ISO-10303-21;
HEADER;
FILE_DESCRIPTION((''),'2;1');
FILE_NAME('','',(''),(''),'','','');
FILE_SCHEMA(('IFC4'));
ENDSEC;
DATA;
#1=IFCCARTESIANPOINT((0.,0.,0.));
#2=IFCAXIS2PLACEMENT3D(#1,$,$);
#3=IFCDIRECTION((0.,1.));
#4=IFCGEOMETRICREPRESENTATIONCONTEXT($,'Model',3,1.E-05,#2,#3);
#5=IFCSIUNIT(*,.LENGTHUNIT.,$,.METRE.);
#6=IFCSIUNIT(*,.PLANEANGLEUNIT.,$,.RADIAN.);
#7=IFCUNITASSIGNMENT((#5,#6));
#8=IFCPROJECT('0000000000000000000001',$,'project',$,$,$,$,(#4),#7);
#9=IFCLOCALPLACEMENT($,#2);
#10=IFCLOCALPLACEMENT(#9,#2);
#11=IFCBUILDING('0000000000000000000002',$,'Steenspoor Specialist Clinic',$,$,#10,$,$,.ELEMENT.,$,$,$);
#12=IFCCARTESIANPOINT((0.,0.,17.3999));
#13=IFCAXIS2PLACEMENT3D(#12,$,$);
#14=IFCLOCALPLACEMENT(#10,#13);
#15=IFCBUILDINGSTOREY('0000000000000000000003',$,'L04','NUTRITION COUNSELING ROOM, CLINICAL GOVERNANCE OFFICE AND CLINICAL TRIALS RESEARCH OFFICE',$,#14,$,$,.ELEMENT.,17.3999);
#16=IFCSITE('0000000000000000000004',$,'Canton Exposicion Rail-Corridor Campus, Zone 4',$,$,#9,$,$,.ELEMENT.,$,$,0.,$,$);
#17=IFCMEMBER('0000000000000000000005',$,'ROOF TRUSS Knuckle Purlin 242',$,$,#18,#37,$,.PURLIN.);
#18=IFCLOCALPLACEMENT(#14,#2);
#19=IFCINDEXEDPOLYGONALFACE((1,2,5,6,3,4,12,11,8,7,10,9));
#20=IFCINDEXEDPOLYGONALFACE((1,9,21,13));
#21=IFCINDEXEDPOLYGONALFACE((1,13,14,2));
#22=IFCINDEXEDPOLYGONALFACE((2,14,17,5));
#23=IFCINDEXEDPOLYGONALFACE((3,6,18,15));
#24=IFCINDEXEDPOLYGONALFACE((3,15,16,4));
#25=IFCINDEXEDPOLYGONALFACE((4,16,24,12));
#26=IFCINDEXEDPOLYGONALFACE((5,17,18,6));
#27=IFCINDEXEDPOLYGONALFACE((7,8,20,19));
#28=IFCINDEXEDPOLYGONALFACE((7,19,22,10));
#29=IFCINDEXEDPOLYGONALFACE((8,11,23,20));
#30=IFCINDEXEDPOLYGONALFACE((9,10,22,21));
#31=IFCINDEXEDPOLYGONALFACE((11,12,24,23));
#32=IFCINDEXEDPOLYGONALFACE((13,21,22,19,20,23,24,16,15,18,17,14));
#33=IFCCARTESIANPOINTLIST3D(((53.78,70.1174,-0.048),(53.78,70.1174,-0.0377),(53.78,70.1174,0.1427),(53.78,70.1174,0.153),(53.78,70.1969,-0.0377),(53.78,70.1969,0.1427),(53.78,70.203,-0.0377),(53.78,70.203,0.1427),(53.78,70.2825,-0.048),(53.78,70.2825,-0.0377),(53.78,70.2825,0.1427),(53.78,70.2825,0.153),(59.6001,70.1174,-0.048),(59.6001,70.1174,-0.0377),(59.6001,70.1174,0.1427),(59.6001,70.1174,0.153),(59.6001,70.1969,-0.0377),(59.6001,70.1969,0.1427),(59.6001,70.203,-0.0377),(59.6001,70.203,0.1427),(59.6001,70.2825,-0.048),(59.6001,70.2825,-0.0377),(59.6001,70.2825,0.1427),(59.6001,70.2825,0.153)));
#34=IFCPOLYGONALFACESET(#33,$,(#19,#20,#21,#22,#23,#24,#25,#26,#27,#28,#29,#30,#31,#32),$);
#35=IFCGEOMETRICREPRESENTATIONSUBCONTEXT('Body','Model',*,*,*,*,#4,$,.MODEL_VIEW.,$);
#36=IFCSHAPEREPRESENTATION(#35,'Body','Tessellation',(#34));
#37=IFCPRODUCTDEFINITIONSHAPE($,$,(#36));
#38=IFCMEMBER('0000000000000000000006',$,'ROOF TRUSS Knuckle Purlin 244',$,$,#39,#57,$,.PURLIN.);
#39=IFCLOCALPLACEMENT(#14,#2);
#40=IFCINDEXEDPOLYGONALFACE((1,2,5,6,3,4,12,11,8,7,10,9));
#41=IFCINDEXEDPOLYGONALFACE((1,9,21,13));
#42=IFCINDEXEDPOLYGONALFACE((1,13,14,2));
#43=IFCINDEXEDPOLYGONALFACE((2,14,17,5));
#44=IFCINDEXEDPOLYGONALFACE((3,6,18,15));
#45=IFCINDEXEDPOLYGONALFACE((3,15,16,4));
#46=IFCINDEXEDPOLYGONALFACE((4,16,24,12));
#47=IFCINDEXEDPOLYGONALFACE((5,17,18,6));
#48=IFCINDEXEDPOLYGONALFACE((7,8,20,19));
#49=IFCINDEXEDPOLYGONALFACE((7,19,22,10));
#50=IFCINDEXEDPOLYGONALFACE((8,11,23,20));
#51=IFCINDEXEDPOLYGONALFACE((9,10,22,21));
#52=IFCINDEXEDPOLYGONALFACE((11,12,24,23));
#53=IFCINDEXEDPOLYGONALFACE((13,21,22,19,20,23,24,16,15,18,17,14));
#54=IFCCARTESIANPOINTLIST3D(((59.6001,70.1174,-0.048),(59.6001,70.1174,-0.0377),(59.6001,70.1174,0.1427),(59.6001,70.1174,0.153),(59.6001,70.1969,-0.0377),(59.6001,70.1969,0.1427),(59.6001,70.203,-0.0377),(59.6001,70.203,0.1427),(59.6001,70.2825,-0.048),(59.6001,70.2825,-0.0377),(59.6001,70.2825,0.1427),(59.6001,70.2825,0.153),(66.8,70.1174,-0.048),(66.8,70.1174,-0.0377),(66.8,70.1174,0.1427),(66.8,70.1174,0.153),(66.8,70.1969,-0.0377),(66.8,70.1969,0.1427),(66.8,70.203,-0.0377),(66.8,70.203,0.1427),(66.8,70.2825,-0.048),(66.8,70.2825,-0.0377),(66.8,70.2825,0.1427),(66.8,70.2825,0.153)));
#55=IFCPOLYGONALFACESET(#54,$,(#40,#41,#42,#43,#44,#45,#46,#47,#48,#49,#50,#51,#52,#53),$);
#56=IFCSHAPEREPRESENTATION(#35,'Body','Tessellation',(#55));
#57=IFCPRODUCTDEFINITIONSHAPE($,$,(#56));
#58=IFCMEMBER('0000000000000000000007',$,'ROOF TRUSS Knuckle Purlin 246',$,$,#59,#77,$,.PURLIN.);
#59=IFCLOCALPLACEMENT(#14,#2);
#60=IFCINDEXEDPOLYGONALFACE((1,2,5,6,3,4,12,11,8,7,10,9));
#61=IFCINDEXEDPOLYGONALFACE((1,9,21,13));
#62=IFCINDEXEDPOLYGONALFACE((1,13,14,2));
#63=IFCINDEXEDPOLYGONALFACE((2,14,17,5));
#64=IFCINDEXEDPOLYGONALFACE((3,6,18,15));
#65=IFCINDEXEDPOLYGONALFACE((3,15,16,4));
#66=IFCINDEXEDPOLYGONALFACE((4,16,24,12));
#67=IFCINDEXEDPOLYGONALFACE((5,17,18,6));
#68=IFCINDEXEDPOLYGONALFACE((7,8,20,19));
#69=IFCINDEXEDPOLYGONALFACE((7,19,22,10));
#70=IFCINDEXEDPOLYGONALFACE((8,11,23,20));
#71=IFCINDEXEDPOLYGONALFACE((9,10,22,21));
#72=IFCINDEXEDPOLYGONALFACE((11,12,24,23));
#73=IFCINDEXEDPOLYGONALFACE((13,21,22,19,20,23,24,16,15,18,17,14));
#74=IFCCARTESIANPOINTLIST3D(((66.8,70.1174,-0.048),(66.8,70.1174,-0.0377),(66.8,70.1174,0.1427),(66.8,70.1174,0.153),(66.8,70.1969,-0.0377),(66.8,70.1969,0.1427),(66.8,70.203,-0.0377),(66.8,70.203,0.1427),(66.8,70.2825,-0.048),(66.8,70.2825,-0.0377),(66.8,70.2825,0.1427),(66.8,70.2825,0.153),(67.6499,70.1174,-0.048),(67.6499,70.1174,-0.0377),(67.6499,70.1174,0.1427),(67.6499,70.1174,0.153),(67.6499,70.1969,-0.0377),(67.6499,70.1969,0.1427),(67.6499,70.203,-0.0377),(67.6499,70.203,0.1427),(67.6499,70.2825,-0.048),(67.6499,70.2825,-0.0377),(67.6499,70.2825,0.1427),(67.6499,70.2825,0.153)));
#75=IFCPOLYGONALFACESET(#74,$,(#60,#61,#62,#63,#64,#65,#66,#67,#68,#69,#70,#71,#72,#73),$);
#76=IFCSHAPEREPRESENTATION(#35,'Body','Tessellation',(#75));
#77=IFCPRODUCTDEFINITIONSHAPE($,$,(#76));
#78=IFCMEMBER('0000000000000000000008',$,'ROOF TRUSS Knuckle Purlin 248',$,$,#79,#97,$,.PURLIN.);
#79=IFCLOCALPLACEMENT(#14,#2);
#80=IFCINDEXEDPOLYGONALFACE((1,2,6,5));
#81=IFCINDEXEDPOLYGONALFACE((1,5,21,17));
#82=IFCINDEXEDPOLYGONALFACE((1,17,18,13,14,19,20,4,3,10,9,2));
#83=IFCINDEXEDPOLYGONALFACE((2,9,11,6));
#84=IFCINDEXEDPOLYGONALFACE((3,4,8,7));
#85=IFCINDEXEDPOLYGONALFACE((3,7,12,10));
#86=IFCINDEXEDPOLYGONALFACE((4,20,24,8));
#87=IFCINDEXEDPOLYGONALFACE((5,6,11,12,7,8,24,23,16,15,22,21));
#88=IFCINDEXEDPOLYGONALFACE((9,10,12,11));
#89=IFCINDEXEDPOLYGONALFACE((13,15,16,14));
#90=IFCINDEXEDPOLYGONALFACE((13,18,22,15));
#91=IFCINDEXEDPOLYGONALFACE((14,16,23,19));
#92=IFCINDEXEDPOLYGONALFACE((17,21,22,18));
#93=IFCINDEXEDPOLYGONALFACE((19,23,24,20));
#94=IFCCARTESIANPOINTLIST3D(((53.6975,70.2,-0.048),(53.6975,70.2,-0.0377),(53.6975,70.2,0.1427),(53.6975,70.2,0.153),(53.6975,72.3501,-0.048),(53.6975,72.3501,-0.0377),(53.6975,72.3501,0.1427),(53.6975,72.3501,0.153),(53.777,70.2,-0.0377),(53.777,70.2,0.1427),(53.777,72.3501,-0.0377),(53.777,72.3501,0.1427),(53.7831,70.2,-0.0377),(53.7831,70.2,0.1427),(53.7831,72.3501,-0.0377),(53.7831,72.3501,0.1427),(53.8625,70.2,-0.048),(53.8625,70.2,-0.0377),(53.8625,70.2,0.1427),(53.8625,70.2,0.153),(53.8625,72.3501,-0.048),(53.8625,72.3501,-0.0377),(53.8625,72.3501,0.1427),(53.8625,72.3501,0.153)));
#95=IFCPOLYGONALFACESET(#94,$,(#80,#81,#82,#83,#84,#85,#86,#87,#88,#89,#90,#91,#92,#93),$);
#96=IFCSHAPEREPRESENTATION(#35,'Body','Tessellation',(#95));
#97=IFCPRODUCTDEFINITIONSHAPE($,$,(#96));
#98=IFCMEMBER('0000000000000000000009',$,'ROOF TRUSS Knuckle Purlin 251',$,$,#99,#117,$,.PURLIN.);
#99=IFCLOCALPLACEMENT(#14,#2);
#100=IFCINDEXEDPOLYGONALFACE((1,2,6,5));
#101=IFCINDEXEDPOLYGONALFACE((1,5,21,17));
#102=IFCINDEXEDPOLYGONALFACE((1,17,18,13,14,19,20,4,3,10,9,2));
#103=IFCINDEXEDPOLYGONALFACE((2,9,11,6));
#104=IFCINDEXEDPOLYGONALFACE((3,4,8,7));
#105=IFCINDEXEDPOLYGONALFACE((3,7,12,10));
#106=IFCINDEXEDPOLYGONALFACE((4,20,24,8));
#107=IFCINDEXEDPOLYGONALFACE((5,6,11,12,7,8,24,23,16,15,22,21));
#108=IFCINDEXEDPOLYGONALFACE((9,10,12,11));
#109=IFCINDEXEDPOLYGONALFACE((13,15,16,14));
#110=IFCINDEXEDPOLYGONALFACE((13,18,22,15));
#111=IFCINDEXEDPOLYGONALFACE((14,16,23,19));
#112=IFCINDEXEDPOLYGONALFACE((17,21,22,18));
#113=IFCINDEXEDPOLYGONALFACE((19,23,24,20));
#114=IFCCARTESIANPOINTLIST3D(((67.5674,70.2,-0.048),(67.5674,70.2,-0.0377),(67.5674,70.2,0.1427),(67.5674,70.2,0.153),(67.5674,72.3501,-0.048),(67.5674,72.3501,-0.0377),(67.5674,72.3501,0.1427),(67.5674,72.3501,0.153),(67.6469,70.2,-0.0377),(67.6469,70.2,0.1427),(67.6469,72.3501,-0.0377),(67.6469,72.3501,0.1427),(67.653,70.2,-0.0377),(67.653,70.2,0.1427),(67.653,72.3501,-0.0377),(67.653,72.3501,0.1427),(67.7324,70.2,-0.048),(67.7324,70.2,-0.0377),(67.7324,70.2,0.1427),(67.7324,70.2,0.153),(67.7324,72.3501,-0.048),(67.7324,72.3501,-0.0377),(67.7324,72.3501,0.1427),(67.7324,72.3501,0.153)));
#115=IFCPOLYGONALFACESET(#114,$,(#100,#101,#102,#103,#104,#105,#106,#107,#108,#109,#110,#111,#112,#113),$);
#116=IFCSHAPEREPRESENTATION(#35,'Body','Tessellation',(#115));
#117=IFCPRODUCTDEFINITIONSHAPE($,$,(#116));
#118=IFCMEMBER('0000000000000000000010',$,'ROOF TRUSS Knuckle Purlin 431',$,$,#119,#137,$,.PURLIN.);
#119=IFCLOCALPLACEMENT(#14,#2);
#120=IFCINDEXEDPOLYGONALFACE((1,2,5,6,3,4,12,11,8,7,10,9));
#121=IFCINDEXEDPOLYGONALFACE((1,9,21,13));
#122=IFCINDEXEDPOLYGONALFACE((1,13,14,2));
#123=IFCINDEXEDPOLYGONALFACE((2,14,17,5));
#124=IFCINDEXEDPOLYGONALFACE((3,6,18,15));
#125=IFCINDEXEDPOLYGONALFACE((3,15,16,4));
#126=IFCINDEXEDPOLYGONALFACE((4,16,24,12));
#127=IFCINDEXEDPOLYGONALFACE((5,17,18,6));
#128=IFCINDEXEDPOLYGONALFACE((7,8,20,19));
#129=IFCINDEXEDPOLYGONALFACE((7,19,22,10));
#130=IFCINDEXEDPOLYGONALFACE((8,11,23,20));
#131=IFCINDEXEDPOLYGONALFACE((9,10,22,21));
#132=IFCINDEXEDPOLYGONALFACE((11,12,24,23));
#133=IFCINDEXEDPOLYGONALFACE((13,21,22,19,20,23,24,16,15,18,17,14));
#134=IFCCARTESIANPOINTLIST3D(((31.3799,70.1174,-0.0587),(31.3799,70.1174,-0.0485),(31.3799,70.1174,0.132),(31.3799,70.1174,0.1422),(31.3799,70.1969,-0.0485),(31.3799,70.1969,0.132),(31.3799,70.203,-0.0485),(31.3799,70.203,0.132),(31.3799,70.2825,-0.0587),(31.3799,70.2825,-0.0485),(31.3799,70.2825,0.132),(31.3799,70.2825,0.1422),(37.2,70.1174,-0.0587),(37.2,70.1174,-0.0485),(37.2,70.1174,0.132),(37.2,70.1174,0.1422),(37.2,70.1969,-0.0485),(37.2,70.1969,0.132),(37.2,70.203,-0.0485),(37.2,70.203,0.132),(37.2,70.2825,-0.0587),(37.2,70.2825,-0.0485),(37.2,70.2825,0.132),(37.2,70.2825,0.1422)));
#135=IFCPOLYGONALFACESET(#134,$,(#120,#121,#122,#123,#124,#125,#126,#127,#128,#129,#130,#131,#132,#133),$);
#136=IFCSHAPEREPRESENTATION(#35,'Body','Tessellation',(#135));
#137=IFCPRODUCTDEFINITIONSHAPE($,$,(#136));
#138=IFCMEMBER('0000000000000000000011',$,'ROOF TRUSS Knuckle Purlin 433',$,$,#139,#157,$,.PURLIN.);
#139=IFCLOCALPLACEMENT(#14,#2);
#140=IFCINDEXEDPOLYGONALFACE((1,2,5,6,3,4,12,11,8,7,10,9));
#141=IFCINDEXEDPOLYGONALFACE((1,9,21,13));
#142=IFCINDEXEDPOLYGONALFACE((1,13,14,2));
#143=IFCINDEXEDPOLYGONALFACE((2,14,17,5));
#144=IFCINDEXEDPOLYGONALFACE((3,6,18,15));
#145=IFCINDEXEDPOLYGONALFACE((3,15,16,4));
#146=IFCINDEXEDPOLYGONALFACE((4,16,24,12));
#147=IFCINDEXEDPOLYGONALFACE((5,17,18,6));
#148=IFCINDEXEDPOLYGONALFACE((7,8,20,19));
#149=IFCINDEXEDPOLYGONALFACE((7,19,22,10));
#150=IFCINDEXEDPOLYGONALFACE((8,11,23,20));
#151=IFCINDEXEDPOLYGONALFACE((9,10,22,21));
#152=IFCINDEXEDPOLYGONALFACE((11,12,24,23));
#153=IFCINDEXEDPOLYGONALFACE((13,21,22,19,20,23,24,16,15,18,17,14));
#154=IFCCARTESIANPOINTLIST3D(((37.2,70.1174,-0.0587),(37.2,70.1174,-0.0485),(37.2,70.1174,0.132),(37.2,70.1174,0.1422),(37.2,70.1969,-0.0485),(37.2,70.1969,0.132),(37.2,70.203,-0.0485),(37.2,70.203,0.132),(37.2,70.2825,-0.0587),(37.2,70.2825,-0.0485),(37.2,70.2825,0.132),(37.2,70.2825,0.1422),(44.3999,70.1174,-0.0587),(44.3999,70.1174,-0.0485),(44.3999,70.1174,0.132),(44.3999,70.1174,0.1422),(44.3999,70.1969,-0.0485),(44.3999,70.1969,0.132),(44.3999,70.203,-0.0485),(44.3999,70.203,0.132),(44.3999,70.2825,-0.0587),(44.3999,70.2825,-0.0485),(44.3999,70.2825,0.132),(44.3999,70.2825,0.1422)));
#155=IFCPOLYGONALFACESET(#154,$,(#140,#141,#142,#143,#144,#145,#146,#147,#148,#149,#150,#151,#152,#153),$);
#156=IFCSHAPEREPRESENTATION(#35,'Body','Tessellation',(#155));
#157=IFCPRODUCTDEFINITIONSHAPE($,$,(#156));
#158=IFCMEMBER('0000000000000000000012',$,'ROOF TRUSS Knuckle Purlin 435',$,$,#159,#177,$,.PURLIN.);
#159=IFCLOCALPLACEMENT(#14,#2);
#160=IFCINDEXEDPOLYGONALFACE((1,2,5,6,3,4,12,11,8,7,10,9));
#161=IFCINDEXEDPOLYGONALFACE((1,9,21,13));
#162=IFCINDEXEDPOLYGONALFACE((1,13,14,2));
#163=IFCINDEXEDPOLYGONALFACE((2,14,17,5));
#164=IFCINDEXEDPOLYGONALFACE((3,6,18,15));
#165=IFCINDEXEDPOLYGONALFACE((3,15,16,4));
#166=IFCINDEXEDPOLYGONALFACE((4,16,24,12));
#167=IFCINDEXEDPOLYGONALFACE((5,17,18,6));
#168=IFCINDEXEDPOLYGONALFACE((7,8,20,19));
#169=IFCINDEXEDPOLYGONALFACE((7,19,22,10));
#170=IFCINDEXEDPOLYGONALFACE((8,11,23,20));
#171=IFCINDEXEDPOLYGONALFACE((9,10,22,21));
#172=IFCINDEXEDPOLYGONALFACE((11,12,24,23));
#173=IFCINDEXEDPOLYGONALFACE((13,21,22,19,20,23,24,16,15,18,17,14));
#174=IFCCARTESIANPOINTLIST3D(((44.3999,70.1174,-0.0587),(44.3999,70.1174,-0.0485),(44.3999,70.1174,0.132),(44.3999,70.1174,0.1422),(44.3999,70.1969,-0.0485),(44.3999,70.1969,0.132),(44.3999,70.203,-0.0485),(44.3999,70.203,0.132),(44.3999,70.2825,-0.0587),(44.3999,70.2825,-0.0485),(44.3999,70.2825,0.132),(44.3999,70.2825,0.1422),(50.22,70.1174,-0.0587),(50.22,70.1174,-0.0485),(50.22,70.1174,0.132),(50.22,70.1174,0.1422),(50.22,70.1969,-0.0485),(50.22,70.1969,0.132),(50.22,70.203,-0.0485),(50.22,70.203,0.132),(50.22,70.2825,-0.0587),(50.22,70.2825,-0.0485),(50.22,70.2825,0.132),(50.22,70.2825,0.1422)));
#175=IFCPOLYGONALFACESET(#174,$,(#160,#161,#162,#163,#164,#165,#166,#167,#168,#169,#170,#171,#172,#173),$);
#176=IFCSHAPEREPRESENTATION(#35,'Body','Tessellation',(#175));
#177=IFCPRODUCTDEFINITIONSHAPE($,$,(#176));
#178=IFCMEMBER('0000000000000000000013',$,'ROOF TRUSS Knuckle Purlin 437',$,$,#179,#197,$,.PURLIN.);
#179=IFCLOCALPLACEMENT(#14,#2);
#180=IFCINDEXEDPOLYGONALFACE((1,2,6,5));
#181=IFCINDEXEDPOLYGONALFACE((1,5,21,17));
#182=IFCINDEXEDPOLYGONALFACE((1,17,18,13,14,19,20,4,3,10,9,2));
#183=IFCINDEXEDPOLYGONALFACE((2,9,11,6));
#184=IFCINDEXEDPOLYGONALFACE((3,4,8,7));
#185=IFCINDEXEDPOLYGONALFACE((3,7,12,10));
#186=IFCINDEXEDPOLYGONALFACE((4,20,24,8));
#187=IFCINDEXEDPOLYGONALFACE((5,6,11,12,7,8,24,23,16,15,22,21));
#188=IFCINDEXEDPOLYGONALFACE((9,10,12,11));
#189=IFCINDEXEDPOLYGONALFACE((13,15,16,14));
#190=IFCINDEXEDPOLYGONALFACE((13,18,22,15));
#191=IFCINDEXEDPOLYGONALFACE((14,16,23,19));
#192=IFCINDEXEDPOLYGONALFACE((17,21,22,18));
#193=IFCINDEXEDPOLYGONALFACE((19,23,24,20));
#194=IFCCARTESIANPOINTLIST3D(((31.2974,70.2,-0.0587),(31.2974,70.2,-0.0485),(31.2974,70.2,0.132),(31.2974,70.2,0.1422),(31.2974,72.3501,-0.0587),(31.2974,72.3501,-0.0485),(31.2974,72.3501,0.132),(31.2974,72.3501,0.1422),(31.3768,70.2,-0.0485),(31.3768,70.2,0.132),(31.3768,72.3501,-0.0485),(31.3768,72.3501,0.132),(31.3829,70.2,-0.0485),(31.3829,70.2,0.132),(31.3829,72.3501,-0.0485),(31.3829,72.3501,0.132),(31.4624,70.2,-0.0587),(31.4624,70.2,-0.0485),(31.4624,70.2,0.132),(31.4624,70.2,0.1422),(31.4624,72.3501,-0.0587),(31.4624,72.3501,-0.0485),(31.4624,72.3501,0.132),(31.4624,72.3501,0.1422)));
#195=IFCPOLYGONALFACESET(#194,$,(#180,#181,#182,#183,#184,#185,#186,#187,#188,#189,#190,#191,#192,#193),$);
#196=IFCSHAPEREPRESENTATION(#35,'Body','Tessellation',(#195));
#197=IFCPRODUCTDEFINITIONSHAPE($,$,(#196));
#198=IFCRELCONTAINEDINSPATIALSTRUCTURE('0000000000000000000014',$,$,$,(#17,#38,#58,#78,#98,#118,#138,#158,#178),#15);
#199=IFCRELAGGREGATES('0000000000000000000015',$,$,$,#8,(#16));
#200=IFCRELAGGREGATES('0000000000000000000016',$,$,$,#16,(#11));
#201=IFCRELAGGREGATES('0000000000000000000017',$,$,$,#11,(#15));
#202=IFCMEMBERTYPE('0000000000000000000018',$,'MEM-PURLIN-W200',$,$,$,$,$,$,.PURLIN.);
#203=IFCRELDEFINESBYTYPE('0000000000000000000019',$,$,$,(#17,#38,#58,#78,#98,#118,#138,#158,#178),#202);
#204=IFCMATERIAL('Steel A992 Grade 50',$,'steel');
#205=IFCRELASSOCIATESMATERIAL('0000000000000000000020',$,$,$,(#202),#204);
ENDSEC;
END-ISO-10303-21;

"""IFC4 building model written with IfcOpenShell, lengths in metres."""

from ifc_helpers import new_model, si_unit, direction, frame, origin, origin_2d, place, context, subcontext, project, spatial, i_section, extrude, material, material_profile, profile_set, type_object, element, save


model = new_model("IFC4")

# Units and contexts
model_context = context("Model", 3, precision=1e-05, world=origin(), true_north=direction((0.0, 1.0)))
body_context = subcontext(model_context, "Body", "Model", "MODEL_VIEW")
ifc_project = project(units=[si_unit("LENGTHUNIT", "METRE"), si_unit("PLANEANGLEUNIT", "RADIAN")], contexts=[model_context])

# Site, building, storey
site_placement = place(None, origin())
site = spatial("IfcSite", under=ifc_project, at=site_placement, Name="Canton Exposicion Rail-Corridor Campus, Zone 4", CompositionType="ELEMENT", RefElevation=0.0)
building_placement = place(site_placement, origin())
building = spatial("IfcBuilding", under=site, at=building_placement, Name="Steenspoor Specialist Clinic", CompositionType="ELEMENT")
storey_placement = place(building_placement, frame((0.0, 0.0, 17.3999)))
storey = spatial("IfcBuildingStorey", under=building, at=storey_placement, Name="L04", Description="NUTRITION COUNSELING ROOM, CLINICAL GOVERNANCE OFFICE AND CLINICAL TRIALS RESEARCH OFFICE", CompositionType="ELEMENT", Elevation=17.3999)

# Members
ifc_material_1 = material(Name="Steel A992 Grade 50", Category="steel")
ifc_material_profile_1 = material_profile(ifc_material_1, i_section(OverallWidth=0.165, OverallDepth=0.2009, WebThickness=0.0061, FlangeThickness=0.0103, at=origin_2d()), Name="W200X36")
ifc_profile_set_1 = profile_set([ifc_material_profile_1], Name="Steel A992 Grade 50")
member_type_1 = type_object("IfcMemberType", Name="MEM-PURLIN-W200", PredefinedType="PURLIN", material=ifc_profile_set_1)
member_1_placement = place(storey_placement, frame((53.78, 70.2, 0.0525), z_axis=(1.0, 0.0, 0.0), x_axis=(0.0, 1.0, 0.0)))
element("IfcMember", 1, at=member_1_placement, inside=storey, type_object=member_type_1, Name="ROOF TRUSS Knuckle Purlin 242", PredefinedType="PURLIN", context=body_context, shape_type="SweptSolid", body=[
    extrude(i_section(OverallWidth=0.165, OverallDepth=0.2009, WebThickness=0.0061, FlangeThickness=0.0103, at=origin_2d()), origin(), (0.0, 0.0, 1.0), 5.8201),
])
member_2_placement = place(storey_placement, frame((59.6001, 70.2, 0.0525), z_axis=(1.0, 0.0, 0.0), x_axis=(0.0, 1.0, 0.0)))
element("IfcMember", 2, at=member_2_placement, inside=storey, type_object=member_type_1, Name="ROOF TRUSS Knuckle Purlin 244", PredefinedType="PURLIN", context=body_context, shape_type="SweptSolid", body=[
    extrude(i_section(OverallWidth=0.165, OverallDepth=0.2009, WebThickness=0.0061, FlangeThickness=0.0103, at=origin_2d()), origin(), (0.0, 0.0, 1.0), 7.2),
])
member_3_placement = place(storey_placement, frame((66.8, 70.2, 0.0525), z_axis=(1.0, 0.0, 0.0), x_axis=(0.0, 1.0, 0.0)))
element("IfcMember", 3, at=member_3_placement, inside=storey, type_object=member_type_1, Name="ROOF TRUSS Knuckle Purlin 246", PredefinedType="PURLIN", context=body_context, shape_type="SweptSolid", body=[
    extrude(i_section(OverallWidth=0.165, OverallDepth=0.2009, WebThickness=0.0061, FlangeThickness=0.0103, at=origin_2d()), origin(), (0.0, 0.0, 1.0), 0.8499),
])
for number, where, z_axis, x_axis, name in (
    (4, (53.78, 70.2, 0.0525), (0.0, 1.0, 0.0), (-1.0, 0.0, 0.0), "ROOF TRUSS Knuckle Purlin 248"),
    (5, (67.6499, 70.2, 0.0525), (0.0, 1.0, 0.0), (-1.0, 0.0, 0.0), "ROOF TRUSS Knuckle Purlin 251"),
):
    element("IfcMember", number, at=place(storey_placement, frame(where, z_axis=z_axis, x_axis=x_axis)), inside=storey, type_object=member_type_1, Name=name, PredefinedType="PURLIN", context=body_context, shape_type="SweptSolid", body=[
        extrude(i_section(OverallWidth=0.165, OverallDepth=0.2009, WebThickness=0.0061, FlangeThickness=0.0103, at=origin_2d()), origin(), (0.0, 0.0, 1.0), 2.1501),
    ])
member_4_placement = place(storey_placement, frame((31.3799, 70.2, 0.0417), z_axis=(1.0, 0.0, 0.0), x_axis=(0.0, 1.0, 0.0)))
element("IfcMember", 6, at=member_4_placement, inside=storey, type_object=member_type_1, Name="ROOF TRUSS Knuckle Purlin 431", PredefinedType="PURLIN", context=body_context, shape_type="SweptSolid", body=[
    extrude(i_section(OverallWidth=0.165, OverallDepth=0.2009, WebThickness=0.0061, FlangeThickness=0.0103, at=origin_2d()), origin(), (0.0, 0.0, 1.0), 5.8201),
])
member_5_placement = place(storey_placement, frame((37.2, 70.2, 0.0417), z_axis=(1.0, 0.0, 0.0), x_axis=(0.0, 1.0, 0.0)))
element("IfcMember", 7, at=member_5_placement, inside=storey, type_object=member_type_1, Name="ROOF TRUSS Knuckle Purlin 433", PredefinedType="PURLIN", context=body_context, shape_type="SweptSolid", body=[
    extrude(i_section(OverallWidth=0.165, OverallDepth=0.2009, WebThickness=0.0061, FlangeThickness=0.0103, at=origin_2d()), origin(), (0.0, 0.0, 1.0), 7.2),
])
member_6_placement = place(storey_placement, frame((44.3999, 70.2, 0.0417), z_axis=(1.0, 0.0, 0.0), x_axis=(0.0, 1.0, 0.0)))
element("IfcMember", 8, at=member_6_placement, inside=storey, type_object=member_type_1, Name="ROOF TRUSS Knuckle Purlin 435", PredefinedType="PURLIN", context=body_context, shape_type="SweptSolid", body=[
    extrude(i_section(OverallWidth=0.165, OverallDepth=0.2009, WebThickness=0.0061, FlangeThickness=0.0103, at=origin_2d()), origin(), (0.0, 0.0, 1.0), 5.8201),
])
member_7_placement = place(storey_placement, frame((31.3799, 70.2, 0.0417), z_axis=(0.0, 1.0, 0.0), x_axis=(-1.0, 0.0, 0.0)))
element("IfcMember", 9, at=member_7_placement, inside=storey, type_object=member_type_1, Name="ROOF TRUSS Knuckle Purlin 437", PredefinedType="PURLIN", context=body_context, shape_type="SweptSolid", body=[
    extrude(i_section(OverallWidth=0.165, OverallDepth=0.2009, WebThickness=0.0061, FlangeThickness=0.0103, at=origin_2d()), origin(), (0.0, 0.0, 1.0), 2.1501),
])

save(model, "model.ifc")
